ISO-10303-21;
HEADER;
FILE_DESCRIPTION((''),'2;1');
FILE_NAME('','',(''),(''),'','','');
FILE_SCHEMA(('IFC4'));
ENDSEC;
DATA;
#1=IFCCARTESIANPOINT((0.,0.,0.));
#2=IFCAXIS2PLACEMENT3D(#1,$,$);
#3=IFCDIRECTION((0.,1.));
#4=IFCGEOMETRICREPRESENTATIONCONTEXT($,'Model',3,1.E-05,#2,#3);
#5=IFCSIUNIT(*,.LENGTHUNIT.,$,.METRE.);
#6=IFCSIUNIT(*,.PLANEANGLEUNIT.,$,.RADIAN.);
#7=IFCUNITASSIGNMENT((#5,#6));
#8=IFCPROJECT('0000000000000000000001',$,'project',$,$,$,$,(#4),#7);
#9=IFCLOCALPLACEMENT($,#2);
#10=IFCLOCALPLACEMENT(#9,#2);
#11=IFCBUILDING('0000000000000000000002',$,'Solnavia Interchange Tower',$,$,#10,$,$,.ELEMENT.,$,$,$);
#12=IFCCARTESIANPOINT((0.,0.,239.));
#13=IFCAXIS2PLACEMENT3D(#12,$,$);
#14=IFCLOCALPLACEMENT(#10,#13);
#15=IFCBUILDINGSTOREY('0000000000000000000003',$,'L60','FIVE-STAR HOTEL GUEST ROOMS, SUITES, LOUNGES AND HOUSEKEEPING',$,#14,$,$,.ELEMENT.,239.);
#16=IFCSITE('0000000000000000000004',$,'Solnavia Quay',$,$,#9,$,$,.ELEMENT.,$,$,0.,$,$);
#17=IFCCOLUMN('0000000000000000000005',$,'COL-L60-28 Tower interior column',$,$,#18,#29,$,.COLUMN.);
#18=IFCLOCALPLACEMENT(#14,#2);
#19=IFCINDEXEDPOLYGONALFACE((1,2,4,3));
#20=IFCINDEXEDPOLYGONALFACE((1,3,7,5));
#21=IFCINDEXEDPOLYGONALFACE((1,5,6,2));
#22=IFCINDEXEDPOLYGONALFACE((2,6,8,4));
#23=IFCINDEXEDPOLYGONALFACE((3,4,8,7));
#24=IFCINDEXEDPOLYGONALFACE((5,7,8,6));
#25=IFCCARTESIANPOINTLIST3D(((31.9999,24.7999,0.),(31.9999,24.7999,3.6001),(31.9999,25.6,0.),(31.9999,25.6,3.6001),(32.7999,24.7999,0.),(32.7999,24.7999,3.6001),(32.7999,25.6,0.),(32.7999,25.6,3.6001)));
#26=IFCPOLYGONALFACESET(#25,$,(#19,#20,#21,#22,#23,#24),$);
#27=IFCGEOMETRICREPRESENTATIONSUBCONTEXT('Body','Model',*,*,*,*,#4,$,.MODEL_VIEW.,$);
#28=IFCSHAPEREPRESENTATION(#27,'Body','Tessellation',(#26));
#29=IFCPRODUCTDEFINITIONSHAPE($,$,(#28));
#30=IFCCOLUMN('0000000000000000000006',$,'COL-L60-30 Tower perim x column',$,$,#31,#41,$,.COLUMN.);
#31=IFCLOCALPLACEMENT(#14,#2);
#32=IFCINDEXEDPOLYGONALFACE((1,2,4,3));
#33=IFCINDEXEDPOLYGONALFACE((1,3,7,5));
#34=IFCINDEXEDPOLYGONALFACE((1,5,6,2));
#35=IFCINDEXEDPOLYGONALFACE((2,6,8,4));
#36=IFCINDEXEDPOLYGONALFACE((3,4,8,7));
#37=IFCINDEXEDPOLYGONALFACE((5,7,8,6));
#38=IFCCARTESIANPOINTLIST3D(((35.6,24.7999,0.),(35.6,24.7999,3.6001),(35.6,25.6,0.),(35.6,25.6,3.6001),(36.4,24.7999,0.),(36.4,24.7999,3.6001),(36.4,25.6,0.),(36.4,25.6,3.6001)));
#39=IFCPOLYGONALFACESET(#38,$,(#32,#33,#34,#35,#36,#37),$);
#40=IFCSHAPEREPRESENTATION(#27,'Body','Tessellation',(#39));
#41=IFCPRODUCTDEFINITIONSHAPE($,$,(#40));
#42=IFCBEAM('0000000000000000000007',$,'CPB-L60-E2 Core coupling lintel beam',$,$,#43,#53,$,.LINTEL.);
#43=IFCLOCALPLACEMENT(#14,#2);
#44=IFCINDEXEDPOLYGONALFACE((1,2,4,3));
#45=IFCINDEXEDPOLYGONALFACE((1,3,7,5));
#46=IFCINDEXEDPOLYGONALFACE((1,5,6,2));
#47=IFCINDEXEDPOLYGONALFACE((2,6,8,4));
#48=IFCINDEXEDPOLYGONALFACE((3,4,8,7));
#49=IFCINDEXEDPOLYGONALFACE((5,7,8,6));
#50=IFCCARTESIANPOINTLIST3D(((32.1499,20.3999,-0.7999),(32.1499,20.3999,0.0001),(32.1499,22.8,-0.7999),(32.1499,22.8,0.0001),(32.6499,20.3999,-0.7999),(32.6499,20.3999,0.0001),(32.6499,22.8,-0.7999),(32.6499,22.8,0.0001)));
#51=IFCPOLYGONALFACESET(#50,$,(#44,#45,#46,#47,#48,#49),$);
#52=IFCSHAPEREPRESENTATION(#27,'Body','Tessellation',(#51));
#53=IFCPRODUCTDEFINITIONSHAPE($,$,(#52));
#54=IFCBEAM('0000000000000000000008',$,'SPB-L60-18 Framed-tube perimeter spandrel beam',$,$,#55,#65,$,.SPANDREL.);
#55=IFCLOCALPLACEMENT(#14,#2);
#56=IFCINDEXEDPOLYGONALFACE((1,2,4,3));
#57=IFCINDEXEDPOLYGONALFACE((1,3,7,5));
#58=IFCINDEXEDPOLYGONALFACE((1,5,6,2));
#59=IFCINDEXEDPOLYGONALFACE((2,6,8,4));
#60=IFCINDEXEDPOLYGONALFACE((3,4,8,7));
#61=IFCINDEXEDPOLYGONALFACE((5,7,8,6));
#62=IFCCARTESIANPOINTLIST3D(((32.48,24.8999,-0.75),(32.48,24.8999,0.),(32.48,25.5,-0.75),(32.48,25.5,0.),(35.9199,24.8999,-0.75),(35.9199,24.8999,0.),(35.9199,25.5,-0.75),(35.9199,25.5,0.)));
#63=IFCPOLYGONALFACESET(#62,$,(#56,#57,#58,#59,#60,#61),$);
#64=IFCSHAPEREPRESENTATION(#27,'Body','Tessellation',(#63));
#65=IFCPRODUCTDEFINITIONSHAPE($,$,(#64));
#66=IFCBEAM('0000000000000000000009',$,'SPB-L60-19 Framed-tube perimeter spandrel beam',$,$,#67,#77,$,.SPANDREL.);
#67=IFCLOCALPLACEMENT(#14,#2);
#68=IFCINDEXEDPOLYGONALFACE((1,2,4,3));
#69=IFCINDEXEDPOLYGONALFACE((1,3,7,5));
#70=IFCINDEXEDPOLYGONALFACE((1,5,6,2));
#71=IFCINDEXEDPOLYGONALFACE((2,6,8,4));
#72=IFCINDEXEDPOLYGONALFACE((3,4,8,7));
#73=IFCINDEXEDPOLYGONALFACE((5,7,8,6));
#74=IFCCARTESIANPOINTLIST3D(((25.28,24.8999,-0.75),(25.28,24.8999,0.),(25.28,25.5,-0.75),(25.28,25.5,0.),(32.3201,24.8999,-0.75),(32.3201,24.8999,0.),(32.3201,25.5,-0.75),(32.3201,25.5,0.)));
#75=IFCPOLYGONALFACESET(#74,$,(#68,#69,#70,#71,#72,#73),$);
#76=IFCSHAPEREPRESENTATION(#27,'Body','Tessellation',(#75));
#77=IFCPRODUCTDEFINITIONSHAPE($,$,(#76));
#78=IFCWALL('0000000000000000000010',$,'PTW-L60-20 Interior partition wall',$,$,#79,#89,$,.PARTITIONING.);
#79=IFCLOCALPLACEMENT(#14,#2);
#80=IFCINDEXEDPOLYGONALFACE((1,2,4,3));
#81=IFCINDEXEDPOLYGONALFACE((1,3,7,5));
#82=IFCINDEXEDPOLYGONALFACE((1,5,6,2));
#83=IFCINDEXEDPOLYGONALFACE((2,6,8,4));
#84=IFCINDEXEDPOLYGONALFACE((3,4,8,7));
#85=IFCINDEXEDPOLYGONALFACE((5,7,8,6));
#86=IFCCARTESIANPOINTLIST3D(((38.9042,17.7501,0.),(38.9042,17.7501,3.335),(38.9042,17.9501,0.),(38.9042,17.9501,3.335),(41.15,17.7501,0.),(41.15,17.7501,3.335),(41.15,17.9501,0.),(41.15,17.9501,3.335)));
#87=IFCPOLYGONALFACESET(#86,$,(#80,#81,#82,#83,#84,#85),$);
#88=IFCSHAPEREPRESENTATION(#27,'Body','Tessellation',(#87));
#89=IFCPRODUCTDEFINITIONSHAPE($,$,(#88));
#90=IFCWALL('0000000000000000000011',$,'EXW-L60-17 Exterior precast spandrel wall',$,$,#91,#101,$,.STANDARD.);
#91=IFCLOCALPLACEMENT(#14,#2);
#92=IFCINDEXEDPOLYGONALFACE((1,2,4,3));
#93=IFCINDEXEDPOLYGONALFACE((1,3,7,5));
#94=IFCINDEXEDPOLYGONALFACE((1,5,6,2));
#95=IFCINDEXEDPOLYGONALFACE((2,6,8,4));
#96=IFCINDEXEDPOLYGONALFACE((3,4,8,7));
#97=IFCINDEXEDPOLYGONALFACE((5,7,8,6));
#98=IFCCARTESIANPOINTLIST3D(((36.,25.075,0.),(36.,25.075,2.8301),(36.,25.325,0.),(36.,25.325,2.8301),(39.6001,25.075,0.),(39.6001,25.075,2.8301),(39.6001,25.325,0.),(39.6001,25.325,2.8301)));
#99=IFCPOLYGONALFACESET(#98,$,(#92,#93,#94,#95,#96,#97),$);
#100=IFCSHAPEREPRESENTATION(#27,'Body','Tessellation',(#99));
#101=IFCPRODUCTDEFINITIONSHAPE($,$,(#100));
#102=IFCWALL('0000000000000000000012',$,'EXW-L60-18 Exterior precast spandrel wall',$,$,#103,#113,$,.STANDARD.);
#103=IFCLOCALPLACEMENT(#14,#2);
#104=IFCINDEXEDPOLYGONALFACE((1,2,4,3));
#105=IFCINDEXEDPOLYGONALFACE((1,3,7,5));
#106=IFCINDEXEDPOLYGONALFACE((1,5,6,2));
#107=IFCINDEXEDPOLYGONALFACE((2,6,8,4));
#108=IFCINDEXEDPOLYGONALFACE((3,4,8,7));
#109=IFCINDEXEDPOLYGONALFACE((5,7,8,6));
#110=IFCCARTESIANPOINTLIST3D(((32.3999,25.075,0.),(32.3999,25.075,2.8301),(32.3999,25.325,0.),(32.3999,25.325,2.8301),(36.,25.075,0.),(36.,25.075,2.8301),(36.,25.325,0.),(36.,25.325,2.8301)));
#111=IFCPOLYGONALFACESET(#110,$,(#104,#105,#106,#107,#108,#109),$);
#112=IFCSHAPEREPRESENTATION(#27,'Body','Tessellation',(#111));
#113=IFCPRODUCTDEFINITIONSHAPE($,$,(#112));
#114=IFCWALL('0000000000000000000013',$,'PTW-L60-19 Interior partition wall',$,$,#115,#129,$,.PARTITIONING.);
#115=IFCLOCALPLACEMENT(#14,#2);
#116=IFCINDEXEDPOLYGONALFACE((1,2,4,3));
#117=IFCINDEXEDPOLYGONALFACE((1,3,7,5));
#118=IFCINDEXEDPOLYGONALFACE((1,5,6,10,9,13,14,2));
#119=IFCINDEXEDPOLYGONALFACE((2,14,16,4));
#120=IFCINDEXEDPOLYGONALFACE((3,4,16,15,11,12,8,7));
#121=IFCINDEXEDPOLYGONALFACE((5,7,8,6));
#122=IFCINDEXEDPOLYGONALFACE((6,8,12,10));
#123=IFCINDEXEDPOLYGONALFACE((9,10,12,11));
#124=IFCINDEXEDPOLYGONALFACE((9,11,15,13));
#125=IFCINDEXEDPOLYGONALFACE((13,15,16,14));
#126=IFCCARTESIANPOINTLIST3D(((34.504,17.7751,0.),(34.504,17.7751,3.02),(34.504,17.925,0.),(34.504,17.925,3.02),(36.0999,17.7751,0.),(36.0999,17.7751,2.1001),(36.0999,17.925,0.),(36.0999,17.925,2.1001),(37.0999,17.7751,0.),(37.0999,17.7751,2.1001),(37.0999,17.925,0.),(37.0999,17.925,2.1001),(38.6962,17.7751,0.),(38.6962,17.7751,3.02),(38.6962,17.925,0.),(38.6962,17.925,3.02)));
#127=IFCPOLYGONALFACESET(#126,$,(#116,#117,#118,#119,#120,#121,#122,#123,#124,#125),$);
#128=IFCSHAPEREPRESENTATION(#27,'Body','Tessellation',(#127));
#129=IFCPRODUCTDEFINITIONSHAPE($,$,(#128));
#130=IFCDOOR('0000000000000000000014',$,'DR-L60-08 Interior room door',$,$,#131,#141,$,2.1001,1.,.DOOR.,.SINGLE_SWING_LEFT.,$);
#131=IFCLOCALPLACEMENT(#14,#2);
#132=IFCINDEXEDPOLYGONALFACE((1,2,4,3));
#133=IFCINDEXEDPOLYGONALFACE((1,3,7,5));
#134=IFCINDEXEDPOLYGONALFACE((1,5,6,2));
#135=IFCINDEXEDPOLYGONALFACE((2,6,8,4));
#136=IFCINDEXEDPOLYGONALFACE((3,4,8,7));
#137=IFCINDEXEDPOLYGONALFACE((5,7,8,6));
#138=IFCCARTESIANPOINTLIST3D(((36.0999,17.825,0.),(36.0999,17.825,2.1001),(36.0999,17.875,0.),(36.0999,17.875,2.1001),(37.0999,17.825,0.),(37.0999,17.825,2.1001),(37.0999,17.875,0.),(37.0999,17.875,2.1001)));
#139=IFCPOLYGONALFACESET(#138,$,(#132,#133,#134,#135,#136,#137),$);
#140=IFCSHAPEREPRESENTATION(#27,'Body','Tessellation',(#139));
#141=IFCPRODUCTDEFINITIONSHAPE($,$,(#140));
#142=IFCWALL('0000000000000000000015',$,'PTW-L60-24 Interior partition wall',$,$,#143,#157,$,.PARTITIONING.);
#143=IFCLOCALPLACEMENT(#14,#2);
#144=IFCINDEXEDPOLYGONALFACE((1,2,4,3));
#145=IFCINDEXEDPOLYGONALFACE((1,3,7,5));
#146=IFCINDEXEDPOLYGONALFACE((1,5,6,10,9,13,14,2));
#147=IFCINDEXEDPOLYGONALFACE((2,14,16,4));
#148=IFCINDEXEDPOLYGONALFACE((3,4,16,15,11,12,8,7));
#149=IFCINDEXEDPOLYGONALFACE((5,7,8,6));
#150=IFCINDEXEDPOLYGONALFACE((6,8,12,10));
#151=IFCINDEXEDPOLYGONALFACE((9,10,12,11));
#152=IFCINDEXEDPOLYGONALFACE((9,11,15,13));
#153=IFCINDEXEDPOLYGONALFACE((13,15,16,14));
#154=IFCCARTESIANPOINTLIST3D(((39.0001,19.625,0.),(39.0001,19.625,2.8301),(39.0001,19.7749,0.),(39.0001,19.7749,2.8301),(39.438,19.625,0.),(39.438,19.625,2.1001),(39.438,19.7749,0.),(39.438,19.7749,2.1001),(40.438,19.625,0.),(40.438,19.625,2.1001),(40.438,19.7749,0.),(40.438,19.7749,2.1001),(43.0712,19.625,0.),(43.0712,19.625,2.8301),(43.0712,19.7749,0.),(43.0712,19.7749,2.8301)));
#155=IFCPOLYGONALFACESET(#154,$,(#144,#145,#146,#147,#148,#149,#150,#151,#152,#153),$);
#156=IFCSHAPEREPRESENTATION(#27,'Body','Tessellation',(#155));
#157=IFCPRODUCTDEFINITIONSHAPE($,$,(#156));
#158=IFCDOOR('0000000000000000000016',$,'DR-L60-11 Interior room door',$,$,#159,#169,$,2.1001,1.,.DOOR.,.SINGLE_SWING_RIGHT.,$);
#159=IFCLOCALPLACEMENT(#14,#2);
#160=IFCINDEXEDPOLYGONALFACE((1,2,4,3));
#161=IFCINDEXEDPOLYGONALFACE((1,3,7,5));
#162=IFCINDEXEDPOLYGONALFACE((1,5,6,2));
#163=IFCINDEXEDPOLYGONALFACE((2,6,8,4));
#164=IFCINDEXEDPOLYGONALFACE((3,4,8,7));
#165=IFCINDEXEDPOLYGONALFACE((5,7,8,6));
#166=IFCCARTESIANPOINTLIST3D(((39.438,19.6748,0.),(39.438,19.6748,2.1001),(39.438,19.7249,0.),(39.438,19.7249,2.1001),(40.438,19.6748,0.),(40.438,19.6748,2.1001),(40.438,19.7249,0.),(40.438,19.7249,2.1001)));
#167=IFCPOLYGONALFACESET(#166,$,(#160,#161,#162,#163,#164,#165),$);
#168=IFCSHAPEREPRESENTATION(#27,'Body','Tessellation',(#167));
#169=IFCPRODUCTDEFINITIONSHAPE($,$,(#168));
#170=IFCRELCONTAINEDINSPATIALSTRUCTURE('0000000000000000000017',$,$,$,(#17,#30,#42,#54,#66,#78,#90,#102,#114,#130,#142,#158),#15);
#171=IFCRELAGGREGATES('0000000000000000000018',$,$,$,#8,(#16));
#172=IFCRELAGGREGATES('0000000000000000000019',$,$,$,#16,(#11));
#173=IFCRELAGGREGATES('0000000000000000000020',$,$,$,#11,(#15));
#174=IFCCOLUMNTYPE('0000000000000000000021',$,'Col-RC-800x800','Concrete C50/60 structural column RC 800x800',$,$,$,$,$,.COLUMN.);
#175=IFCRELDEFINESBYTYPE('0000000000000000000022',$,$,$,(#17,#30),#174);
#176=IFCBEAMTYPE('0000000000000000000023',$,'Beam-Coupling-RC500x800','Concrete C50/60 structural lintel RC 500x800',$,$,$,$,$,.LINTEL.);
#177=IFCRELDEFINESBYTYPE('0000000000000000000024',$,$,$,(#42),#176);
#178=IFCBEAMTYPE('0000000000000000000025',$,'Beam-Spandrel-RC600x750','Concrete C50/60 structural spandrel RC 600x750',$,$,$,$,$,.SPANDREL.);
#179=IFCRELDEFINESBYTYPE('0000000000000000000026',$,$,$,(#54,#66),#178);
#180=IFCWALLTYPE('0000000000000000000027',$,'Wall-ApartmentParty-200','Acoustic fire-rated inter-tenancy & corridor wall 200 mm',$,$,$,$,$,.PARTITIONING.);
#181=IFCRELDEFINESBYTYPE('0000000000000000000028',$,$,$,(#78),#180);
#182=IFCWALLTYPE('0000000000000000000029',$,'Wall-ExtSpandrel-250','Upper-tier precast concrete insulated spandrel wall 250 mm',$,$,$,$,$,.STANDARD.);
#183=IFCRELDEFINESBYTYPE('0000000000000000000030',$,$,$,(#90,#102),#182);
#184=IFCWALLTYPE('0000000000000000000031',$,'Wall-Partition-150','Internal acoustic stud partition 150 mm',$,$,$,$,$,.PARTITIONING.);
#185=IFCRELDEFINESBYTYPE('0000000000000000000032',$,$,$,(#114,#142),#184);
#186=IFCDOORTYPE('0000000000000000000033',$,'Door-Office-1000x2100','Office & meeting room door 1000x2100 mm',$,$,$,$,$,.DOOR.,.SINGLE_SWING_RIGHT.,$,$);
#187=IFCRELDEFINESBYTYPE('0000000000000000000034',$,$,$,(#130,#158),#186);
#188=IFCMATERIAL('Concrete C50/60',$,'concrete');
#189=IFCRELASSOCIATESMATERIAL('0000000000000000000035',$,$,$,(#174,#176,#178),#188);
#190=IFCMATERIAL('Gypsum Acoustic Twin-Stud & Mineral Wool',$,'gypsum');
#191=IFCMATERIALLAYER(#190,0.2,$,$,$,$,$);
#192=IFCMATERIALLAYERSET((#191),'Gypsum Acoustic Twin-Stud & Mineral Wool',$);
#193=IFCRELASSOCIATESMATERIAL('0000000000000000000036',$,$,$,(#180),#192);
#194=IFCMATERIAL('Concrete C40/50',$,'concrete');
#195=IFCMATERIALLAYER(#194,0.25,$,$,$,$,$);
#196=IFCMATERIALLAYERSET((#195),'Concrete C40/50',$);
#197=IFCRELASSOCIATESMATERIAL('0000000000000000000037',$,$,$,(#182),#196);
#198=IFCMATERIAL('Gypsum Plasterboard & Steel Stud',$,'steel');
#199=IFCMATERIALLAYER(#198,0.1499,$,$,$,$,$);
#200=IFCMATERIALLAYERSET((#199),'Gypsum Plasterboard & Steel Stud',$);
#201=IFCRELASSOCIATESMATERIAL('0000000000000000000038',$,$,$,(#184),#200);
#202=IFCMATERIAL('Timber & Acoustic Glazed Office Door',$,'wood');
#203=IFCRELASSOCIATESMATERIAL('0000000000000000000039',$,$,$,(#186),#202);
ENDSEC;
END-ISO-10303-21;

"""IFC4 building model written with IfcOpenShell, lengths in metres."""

from ifc_helpers import new_model, si_unit, direction, frame, frame_2d, origin, origin_2d, place, context, subcontext, project, spatial, rectangle, extrude, material, layer, layer_set, material_profile, profile_set, type_object, element, fill, save


model = new_model("IFC4")

# Units and contexts
model_context = context("Model", 3, precision=1e-05, world=origin(), true_north=direction((0.0, 1.0)))
body_context = subcontext(model_context, "Body", "Model", "MODEL_VIEW")
ifc_project = project(units=[si_unit("LENGTHUNIT", "METRE"), si_unit("PLANEANGLEUNIT", "RADIAN")], contexts=[model_context])

# Site, building, storey
site_placement = place(None, origin())
site = spatial("IfcSite", under=ifc_project, at=site_placement, Name="Solnavia Quay", CompositionType="ELEMENT", RefElevation=0.0)
building_placement = place(site_placement, origin())
building = spatial("IfcBuilding", under=site, at=building_placement, Name="Solnavia Interchange Tower", CompositionType="ELEMENT")
storey_placement = place(building_placement, frame((0.0, 0.0, 239.0)))
storey = spatial("IfcBuildingStorey", under=building, at=storey_placement, Name="L60", Description="FIVE-STAR HOTEL GUEST ROOMS, SUITES, LOUNGES AND HOUSEKEEPING", CompositionType="ELEMENT", Elevation=239.0)

# Columns
ifc_material_1 = material(Name="Concrete C50/60", Category="concrete")
ifc_material_profile_1 = material_profile(ifc_material_1, rectangle(XDim=0.8, YDim=0.8, at=origin_2d()), Name="RC 800x800")
ifc_profile_set_1 = profile_set([ifc_material_profile_1], Name="Concrete C50/60")
column_type = type_object("IfcColumnType", Name="Col-RC-800x800", Description="Concrete C50/60 structural column RC 800x800", PredefinedType="COLUMN", material=ifc_profile_set_1)
for number, where, z_axis, x_axis, name in (
    (1, (32.3999, 25.2, 0.0), (0.0, 0.0, 1.0), (1.0, 0.0, 0.0), "COL-L60-28 Tower interior column"),
    (2, (36.0, 25.2, 0.0), (0.0, 0.0, 1.0), (1.0, 0.0, 0.0), "COL-L60-30 Tower perim x column"),
):
    element("IfcColumn", number, at=place(storey_placement, frame(where, z_axis=z_axis, x_axis=x_axis)), inside=storey, type_object=column_type, Name=name, PredefinedType="COLUMN", context=body_context, shape_type="SweptSolid", body=[
        extrude(rectangle(XDim=0.8, YDim=0.8, at=origin_2d()), origin(), (0.0, 0.0, 1.0), 3.6001),
    ])

# Beams
ifc_material_profile_2 = material_profile(ifc_material_1, rectangle(XDim=0.5, YDim=0.8, at=origin_2d()), Name="RC 500x800")
ifc_profile_set_2 = profile_set([ifc_material_profile_2], Name="Concrete C50/60")
beam_type_1 = type_object("IfcBeamType", Name="Beam-Coupling-RC500x800", Description="Concrete C50/60 structural lintel RC 500x800", PredefinedType="LINTEL", material=ifc_profile_set_2)
beam_1_placement = place(storey_placement, frame((32.3999, 20.3999, -0.3999), z_axis=(0.0, 1.0, 0.0), x_axis=(-1.0, 0.0, 0.0)))
element("IfcBeam", 3, at=beam_1_placement, inside=storey, type_object=beam_type_1, Name="CPB-L60-E2 Core coupling lintel beam", PredefinedType="LINTEL", context=body_context, shape_type="SweptSolid", body=[
    extrude(rectangle(XDim=0.5, YDim=0.8, at=origin_2d()), origin(), (0.0, 0.0, 1.0), 2.4001),
])
ifc_material_profile_3 = material_profile(ifc_material_1, rectangle(XDim=0.6001, YDim=0.75, at=origin_2d()), Name="RC 600x750")
ifc_profile_set_3 = profile_set([ifc_material_profile_3], Name="Concrete C50/60")
beam_type_2 = type_object("IfcBeamType", Name="Beam-Spandrel-RC600x750", Description="Concrete C50/60 structural spandrel RC 600x750", PredefinedType="SPANDREL", material=ifc_profile_set_3)
beam_2_placement = place(storey_placement, frame((35.9199, 25.2, -0.375), z_axis=(-1.0, 0.0, 0.0), x_axis=(0.0, -1.0, 0.0)))
element("IfcBeam", 4, at=beam_2_placement, inside=storey, type_object=beam_type_2, Name="SPB-L60-18 Framed-tube perimeter spandrel beam", PredefinedType="SPANDREL", context=body_context, shape_type="SweptSolid", body=[
    extrude(rectangle(XDim=0.6001, YDim=0.75, at=origin_2d()), origin(), (0.0, 0.0, 1.0), 3.4399),
])
beam_3_placement = place(storey_placement, frame((32.3201, 25.2, -0.375), z_axis=(-1.0, 0.0, 0.0), x_axis=(0.0, -1.0, 0.0)))
element("IfcBeam", 5, at=beam_3_placement, inside=storey, type_object=beam_type_2, Name="SPB-L60-19 Framed-tube perimeter spandrel beam", PredefinedType="SPANDREL", context=body_context, shape_type="SweptSolid", body=[
    extrude(rectangle(XDim=0.6001, YDim=0.75, at=origin_2d()), origin(), (0.0, 0.0, 1.0), 7.04),
])

# Walls
ifc_material_2 = material(Name="Gypsum Acoustic Twin-Stud & Mineral Wool", Category="gypsum")
ifc_layer_1 = layer(ifc_material_2, 0.2)
ifc_layer_set_1 = layer_set([ifc_layer_1], Name="Gypsum Acoustic Twin-Stud & Mineral Wool")
wall_type_1 = type_object("IfcWallType", Name="Wall-ApartmentParty-200", Description="Acoustic fire-rated inter-tenancy & corridor wall 200 mm", PredefinedType="PARTITIONING", material=ifc_layer_set_1)
wall_1_placement = place(storey_placement, frame((38.9041, 17.8501, 0.0), z_axis=(0.0, 0.0, 1.0), x_axis=(1.0, 0.0, 0.0)))
element("IfcWall", 6, at=wall_1_placement, inside=storey, type_object=wall_type_1, Name="PTW-L60-20 Interior partition wall", PredefinedType="PARTITIONING", context=body_context, shape_type="SweptSolid", body=[
    extrude(rectangle(XDim=2.2458, YDim=0.2, at=frame_2d((1.123, 0.0))), origin(), (0.0, 0.0, 1.0), 3.335),
])
ifc_material_3 = material(Name="Concrete C40/50", Category="concrete")
ifc_layer_2 = layer(ifc_material_3, 0.25)
ifc_layer_set_2 = layer_set([ifc_layer_2], Name="Concrete C40/50")
wall_type_2 = type_object("IfcWallType", Name="Wall-ExtSpandrel-250", Description="Upper-tier precast concrete insulated spandrel wall 250 mm", PredefinedType="STANDARD", material=ifc_layer_set_2)
for number, where, z_axis, x_axis, name in (
    (7, (36.0, 25.2, 0.0), (0.0, 0.0, 1.0), (1.0, 0.0, 0.0), "EXW-L60-17 Exterior precast spandrel wall"),
    (8, (32.3999, 25.2, 0.0), (0.0, 0.0, 1.0), (1.0, 0.0, 0.0), "EXW-L60-18 Exterior precast spandrel wall"),
):
    element("IfcWall", number, at=place(storey_placement, frame(where, z_axis=z_axis, x_axis=x_axis)), inside=storey, type_object=wall_type_2, Name=name, PredefinedType="STANDARD", context=body_context, shape_type="SweptSolid", body=[
        extrude(rectangle(XDim=3.6001, YDim=0.25, at=frame_2d((1.8, 0.0))), origin(), (0.0, 0.0, 1.0), 2.8301),
    ])

# Walls, openings, doors
ifc_material_4 = material(Name="Gypsum Plasterboard & Steel Stud", Category="steel")
ifc_layer_3 = layer(ifc_material_4, 0.1499)
ifc_layer_set_3 = layer_set([ifc_layer_3], Name="Gypsum Plasterboard & Steel Stud")
wall_type_3 = type_object("IfcWallType", Name="Wall-Partition-150", Description="Internal acoustic stud partition 150 mm", PredefinedType="PARTITIONING", material=ifc_layer_set_3)
wall_2_placement = place(storey_placement, frame((34.5039, 17.8501, 0.0), z_axis=(0.0, 0.0, 1.0), x_axis=(1.0, 0.0, 0.0)))
wall_2 = element("IfcWall", 9, at=wall_2_placement, inside=storey, type_object=wall_type_3, Name="PTW-L60-19 Interior partition wall", PredefinedType="PARTITIONING", context=body_context, shape_type="SweptSolid", body=[
    extrude(rectangle(XDim=4.1921, YDim=0.1499, at=frame_2d((2.0962, 0.0))), origin(), (0.0, 0.0, 1.0), 3.02),
])
opening_1_placement = place(wall_2_placement, frame((1.5959, 0.0, 0.0)))
opening_1 = element("IfcOpeningElement", 10, at=opening_1_placement, cuts=wall_2, PredefinedType="OPENING", context=body_context, shape_type="SweptSolid", body=[
    extrude(rectangle(XDim=1.0, YDim=2.1001, at=frame_2d((0.5, 1.05))), frame((0.0, 0.085, 0.0), z_axis=(0.0, -1.0, 0.0), x_axis=(1.0, 0.0, 0.0)), (0.0, 0.0, 1.0), 0.1699),
])
ifc_material_5 = material(Name="Timber & Acoustic Glazed Office Door", Category="wood")
door_type_1 = type_object("IfcDoorType", Name="Door-Office-1000x2100", Description="Office & meeting room door 1000x2100 mm", OperationType="SINGLE_SWING_RIGHT", PredefinedType="DOOR", material=ifc_material_5)
door_1_placement = place(opening_1_placement, origin())
door_1 = element("IfcDoor", 11, at=door_1_placement, inside=storey, type_object=door_type_1, Name="DR-L60-08 Interior room door", OperationType="SINGLE_SWING_LEFT", OverallHeight=2.1001, OverallWidth=1.0, PredefinedType="DOOR", context=body_context, shape_type="SweptSolid", body=[
    extrude(rectangle(XDim=1.0, YDim=2.1001, at=frame_2d((0.5, 1.05))), frame((0.0, 0.0249, 0.0), z_axis=(0.0, -1.0, 0.0), x_axis=(1.0, 0.0, 0.0)), (0.0, 0.0, 1.0), 0.05),
])
fill(opening_1, door_1)
wall_3_placement = place(storey_placement, frame((39.0, 19.7, 0.0), z_axis=(0.0, 0.0, 1.0), x_axis=(1.0, 0.0, 0.0)))
wall_3 = element("IfcWall", 12, at=wall_3_placement, inside=storey, type_object=wall_type_3, Name="PTW-L60-24 Interior partition wall", PredefinedType="PARTITIONING", context=body_context, shape_type="SweptSolid", body=[
    extrude(rectangle(XDim=4.071, YDim=0.1499, at=frame_2d((2.0356, 0.0))), origin(), (0.0, 0.0, 1.0), 2.8301),
])
opening_2_placement = place(wall_3_placement, frame((0.438, 0.0, 0.0)))
opening_2 = element("IfcOpeningElement", 13, at=opening_2_placement, cuts=wall_3, PredefinedType="OPENING", context=body_context, shape_type="SweptSolid", body=[
    extrude(rectangle(XDim=1.0, YDim=2.1001, at=frame_2d((0.5, 1.05))), frame((0.0, 0.085, 0.0), z_axis=(0.0, -1.0, 0.0), x_axis=(1.0, 0.0, 0.0)), (0.0, 0.0, 1.0), 0.1699),
])
door_2_placement = place(opening_2_placement, origin())
door_2 = element("IfcDoor", 14, at=door_2_placement, inside=storey, type_object=door_type_1, Name="DR-L60-11 Interior room door", OperationType="SINGLE_SWING_RIGHT", OverallHeight=2.1001, OverallWidth=1.0, PredefinedType="DOOR", context=body_context, shape_type="SweptSolid", body=[
    extrude(rectangle(XDim=1.0, YDim=2.1001, at=frame_2d((0.5, 1.05))), frame((0.0, 0.0249, 0.0), z_axis=(0.0, -1.0, 0.0), x_axis=(1.0, 0.0, 0.0)), (0.0, 0.0, 1.0), 0.05),
])
fill(opening_2, door_2)

save(model, "model.ifc")
